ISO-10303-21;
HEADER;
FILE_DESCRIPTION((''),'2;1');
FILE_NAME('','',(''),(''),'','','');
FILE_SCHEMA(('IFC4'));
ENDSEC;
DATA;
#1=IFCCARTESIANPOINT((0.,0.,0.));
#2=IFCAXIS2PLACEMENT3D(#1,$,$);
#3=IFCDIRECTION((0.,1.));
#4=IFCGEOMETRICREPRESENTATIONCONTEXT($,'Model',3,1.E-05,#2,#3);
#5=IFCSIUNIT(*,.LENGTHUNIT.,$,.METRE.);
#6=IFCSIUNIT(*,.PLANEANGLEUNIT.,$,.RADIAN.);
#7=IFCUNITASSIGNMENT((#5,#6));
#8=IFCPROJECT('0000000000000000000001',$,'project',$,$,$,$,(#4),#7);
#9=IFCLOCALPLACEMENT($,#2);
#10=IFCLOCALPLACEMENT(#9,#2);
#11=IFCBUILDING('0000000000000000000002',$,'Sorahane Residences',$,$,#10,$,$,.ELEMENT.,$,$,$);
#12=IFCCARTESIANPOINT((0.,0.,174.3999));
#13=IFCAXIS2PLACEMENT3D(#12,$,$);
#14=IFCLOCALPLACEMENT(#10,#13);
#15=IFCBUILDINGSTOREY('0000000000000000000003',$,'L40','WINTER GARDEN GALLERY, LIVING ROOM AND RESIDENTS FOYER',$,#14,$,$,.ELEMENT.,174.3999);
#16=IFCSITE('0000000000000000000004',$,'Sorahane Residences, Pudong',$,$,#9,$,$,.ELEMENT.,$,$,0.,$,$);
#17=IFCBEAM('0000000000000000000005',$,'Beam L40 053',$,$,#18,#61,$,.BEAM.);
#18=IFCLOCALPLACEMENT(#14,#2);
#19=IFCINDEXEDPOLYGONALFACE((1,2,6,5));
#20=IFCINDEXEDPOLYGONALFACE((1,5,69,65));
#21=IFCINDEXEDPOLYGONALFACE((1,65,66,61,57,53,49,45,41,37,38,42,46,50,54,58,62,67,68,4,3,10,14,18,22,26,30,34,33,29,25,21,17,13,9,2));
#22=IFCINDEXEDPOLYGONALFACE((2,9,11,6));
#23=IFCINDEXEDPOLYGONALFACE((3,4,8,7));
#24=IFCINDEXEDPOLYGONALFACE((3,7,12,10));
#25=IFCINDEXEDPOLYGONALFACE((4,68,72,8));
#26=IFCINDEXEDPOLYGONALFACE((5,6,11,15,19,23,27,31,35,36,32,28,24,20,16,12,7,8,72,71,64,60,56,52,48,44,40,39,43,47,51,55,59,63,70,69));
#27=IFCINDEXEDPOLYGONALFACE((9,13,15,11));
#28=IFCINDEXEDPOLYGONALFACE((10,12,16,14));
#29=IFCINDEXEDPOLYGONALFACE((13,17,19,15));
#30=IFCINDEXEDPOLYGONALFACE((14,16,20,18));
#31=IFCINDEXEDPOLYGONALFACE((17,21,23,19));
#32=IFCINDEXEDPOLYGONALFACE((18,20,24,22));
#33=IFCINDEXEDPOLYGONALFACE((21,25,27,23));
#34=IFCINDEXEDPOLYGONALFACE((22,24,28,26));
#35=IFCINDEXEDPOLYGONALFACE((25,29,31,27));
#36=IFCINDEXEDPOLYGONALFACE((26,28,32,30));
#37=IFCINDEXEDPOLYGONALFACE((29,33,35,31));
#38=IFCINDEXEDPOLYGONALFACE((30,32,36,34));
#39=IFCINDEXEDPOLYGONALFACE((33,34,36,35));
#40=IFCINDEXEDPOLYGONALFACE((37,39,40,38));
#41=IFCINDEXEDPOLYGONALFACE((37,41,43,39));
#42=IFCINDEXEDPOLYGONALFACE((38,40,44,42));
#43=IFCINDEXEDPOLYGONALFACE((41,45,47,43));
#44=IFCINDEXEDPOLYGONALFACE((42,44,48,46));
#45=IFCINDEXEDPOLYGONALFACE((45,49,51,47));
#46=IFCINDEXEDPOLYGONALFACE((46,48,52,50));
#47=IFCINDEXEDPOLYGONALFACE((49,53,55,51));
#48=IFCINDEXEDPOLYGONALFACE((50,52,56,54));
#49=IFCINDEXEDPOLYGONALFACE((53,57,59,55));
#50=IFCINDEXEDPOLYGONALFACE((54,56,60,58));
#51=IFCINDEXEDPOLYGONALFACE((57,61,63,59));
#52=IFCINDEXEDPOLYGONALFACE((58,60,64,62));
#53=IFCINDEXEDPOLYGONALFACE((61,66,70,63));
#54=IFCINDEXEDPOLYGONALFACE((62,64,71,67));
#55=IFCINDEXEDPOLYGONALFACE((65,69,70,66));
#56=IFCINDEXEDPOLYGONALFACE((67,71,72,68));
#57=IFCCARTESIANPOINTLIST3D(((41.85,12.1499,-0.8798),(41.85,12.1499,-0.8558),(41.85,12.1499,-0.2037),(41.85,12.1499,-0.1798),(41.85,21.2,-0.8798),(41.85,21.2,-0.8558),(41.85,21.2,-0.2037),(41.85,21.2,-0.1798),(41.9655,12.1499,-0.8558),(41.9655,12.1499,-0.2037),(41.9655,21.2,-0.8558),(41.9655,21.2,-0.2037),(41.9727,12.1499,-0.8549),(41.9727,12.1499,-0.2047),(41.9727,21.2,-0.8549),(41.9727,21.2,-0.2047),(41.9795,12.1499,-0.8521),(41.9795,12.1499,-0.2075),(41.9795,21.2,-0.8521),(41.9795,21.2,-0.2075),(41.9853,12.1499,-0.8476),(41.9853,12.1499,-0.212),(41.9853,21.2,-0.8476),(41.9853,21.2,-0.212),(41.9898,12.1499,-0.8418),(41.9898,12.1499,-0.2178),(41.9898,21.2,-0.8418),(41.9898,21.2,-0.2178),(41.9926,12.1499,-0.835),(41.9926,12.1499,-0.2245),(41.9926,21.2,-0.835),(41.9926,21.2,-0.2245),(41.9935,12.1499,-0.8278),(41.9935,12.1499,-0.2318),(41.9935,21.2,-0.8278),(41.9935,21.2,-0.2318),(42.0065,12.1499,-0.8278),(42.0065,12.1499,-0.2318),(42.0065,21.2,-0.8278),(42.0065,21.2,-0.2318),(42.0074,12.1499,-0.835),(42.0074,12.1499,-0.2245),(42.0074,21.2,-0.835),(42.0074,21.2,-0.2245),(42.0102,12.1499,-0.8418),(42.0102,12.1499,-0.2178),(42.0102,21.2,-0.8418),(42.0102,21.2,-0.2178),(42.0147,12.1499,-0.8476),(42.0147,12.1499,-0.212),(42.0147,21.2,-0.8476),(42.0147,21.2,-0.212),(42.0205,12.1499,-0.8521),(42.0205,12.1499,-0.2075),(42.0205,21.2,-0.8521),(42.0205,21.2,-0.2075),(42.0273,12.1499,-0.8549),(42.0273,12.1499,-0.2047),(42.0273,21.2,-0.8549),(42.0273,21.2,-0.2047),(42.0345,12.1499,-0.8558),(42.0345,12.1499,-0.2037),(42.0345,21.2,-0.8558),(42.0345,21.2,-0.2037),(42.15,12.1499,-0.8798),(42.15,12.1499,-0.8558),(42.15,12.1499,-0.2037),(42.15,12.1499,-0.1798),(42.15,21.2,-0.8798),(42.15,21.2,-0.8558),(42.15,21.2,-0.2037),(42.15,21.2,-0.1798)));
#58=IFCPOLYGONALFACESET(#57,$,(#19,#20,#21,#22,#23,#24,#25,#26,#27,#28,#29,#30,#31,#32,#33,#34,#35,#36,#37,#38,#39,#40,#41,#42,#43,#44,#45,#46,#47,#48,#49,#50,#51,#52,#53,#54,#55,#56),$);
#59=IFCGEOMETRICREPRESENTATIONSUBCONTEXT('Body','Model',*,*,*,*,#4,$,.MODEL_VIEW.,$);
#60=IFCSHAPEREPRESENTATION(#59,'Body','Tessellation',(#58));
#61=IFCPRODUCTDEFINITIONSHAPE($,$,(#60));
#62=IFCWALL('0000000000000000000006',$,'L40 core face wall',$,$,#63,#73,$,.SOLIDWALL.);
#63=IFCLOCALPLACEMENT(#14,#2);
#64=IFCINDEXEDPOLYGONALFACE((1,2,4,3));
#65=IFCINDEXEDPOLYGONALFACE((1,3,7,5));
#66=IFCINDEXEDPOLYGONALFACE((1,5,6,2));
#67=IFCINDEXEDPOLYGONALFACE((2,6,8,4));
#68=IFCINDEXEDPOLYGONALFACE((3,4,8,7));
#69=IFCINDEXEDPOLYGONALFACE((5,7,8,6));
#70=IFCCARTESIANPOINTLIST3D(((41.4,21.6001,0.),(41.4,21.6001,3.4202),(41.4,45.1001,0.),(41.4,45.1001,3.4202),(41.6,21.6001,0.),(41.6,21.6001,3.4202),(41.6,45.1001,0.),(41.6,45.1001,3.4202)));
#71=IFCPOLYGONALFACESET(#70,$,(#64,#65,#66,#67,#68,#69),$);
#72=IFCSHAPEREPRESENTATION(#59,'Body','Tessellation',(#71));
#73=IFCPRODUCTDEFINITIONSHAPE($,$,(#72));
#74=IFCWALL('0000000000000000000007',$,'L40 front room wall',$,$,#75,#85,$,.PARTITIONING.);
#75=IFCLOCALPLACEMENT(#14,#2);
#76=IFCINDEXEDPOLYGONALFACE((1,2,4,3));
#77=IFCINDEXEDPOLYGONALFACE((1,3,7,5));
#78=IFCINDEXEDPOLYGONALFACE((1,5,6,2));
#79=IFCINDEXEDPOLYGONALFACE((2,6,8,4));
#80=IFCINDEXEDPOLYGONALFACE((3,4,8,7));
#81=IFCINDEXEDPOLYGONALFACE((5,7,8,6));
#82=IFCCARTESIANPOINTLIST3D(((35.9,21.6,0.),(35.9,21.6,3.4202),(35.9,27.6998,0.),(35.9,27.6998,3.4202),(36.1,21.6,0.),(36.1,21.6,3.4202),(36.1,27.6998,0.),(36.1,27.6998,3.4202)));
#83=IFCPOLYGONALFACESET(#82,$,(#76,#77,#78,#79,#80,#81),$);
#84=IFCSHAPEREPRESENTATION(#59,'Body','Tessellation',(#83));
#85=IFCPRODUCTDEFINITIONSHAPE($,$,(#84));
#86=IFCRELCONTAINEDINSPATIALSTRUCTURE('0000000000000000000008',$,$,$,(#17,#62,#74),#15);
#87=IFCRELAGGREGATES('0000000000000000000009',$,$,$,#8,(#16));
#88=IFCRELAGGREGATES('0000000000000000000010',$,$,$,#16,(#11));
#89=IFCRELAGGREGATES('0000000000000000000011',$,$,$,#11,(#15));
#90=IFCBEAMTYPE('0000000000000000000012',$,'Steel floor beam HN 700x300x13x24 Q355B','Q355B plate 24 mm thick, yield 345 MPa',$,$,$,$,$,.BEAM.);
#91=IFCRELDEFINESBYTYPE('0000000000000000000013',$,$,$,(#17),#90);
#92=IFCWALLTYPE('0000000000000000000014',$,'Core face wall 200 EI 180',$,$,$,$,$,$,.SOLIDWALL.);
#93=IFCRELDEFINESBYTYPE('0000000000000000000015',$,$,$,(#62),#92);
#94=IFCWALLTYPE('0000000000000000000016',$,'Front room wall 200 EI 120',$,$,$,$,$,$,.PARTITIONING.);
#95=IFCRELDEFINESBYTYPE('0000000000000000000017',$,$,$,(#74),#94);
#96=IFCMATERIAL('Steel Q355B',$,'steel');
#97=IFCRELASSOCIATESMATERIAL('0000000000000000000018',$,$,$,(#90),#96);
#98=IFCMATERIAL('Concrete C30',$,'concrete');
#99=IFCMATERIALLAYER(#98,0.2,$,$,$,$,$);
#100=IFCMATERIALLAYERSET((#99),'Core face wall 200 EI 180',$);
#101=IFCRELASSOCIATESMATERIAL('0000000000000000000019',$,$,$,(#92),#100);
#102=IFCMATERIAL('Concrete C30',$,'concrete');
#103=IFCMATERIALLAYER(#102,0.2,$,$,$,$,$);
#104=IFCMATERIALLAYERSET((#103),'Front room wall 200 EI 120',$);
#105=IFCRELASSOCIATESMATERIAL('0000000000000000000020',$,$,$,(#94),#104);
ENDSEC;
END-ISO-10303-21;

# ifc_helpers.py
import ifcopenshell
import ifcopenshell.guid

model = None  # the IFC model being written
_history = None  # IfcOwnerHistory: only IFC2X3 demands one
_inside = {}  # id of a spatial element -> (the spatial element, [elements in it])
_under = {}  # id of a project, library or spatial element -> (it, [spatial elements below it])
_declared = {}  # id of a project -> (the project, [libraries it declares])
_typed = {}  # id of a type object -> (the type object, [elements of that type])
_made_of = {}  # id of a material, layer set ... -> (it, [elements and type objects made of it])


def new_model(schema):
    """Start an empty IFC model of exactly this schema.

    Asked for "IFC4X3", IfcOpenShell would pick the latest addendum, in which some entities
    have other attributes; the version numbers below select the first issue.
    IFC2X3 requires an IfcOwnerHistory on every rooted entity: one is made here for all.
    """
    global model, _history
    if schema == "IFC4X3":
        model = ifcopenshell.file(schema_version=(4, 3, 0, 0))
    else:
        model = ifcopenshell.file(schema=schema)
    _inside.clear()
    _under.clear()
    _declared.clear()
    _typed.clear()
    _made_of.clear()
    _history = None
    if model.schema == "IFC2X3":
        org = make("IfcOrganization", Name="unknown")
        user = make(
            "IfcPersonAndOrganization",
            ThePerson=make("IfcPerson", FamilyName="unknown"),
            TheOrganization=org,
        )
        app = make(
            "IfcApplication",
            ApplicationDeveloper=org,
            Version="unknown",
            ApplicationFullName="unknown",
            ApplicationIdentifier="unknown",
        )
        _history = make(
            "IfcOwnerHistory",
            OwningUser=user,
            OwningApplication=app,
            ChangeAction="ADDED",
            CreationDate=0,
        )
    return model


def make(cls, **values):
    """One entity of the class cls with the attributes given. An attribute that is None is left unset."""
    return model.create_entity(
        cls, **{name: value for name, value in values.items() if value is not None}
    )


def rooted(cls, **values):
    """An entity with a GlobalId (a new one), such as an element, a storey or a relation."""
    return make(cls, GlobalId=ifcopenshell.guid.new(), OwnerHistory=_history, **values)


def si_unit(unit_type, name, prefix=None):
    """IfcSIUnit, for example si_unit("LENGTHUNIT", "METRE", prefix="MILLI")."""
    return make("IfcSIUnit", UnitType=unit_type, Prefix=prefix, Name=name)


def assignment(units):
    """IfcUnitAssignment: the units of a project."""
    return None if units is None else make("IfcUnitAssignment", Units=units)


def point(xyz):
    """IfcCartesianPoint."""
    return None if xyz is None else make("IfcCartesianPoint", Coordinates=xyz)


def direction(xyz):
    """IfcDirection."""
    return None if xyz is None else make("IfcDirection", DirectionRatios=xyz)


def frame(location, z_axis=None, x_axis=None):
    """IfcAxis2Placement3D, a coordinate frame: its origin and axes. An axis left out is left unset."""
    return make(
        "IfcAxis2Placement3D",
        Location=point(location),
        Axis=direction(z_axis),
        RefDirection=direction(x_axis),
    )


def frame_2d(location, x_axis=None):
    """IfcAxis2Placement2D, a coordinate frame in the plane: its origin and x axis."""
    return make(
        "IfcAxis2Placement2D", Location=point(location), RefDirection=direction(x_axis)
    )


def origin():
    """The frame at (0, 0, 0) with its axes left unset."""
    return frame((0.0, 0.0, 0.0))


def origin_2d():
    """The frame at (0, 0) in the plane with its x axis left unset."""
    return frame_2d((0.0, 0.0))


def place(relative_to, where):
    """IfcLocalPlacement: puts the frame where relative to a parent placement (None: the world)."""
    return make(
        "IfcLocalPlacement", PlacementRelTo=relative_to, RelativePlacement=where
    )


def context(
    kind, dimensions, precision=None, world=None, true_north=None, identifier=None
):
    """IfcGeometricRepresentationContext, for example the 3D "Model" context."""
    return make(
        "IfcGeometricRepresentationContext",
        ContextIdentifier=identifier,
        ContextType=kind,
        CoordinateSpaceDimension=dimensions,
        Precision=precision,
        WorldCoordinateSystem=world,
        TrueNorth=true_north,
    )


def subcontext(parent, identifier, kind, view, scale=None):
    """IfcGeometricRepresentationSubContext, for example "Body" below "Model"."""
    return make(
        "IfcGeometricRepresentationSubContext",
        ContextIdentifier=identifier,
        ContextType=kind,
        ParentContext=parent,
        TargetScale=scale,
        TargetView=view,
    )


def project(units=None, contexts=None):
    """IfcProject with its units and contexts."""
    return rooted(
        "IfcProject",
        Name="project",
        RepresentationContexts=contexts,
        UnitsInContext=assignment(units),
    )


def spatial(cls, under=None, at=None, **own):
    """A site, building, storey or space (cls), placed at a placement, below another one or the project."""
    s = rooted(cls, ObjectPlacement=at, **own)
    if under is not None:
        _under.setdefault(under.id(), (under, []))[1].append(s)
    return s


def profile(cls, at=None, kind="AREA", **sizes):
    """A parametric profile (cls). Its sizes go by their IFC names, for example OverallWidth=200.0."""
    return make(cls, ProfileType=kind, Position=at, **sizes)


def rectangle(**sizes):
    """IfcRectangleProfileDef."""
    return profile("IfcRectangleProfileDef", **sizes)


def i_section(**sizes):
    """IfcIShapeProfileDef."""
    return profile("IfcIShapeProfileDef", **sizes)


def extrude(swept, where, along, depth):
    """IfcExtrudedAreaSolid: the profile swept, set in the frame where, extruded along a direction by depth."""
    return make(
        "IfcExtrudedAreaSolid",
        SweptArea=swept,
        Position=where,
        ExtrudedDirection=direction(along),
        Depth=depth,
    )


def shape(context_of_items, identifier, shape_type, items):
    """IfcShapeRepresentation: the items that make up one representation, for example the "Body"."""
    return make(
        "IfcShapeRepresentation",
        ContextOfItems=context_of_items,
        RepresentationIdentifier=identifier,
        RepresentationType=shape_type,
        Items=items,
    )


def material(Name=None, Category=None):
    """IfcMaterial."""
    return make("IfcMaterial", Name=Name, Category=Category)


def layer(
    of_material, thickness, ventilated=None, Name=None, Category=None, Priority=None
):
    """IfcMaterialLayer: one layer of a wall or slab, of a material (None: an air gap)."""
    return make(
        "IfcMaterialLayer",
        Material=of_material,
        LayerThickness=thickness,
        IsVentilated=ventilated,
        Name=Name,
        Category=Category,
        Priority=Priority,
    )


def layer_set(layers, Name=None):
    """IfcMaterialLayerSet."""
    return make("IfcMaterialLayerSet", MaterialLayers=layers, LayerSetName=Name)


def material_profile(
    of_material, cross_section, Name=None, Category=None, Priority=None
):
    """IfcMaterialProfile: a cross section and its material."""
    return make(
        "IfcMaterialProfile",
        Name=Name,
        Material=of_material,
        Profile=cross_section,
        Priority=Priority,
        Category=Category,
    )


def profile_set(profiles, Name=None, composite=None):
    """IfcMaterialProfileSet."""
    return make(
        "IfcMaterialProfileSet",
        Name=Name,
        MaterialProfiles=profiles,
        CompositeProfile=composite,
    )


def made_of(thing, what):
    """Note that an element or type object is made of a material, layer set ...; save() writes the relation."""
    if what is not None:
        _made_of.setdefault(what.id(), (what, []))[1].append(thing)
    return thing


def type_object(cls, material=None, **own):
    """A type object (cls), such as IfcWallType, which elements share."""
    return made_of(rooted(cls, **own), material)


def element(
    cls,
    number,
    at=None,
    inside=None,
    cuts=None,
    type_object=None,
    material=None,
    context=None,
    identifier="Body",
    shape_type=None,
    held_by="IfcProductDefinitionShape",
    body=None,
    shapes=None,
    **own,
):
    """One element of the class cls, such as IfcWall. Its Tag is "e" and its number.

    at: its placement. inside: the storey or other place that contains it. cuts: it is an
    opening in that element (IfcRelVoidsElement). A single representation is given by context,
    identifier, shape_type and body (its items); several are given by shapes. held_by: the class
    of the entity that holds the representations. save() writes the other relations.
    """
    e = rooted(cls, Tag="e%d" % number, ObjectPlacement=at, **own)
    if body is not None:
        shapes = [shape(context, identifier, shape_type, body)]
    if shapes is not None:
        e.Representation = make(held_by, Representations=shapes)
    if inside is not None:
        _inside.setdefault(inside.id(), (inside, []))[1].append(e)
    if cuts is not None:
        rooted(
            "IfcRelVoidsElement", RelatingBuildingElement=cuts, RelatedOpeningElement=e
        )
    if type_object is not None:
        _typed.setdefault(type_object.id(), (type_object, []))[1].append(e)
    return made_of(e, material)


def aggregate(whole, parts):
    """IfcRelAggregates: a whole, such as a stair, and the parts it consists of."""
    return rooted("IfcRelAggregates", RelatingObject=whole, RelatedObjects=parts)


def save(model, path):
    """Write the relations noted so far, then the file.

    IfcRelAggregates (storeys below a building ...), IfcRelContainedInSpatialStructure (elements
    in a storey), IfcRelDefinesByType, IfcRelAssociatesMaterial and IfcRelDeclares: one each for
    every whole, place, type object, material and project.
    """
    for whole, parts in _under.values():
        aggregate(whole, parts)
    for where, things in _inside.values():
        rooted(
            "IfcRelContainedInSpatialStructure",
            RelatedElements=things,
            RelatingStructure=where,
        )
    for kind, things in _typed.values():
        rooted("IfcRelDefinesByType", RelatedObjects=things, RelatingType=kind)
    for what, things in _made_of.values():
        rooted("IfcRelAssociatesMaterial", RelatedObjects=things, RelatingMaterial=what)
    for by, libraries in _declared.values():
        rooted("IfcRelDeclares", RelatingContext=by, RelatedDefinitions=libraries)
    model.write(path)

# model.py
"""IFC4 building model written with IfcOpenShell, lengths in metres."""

from ifc_helpers import new_model, si_unit, direction, frame, frame_2d, origin, origin_2d, place, context, subcontext, project, spatial, rectangle, i_section, extrude, material, layer, layer_set, material_profile, profile_set, type_object, element, save


model = new_model("IFC4")

# Units and contexts
model_context = context("Model", 3, precision=1e-05, world=origin(), true_north=direction((0.0, 1.0)))
body_context = subcontext(model_context, "Body", "Model", "MODEL_VIEW")
ifc_project = project(units=[si_unit("LENGTHUNIT", "METRE"), si_unit("PLANEANGLEUNIT", "RADIAN")], contexts=[model_context])

# Site, building, storey
site_placement = place(None, origin())
site = spatial("IfcSite", under=ifc_project, at=site_placement, Name="Sorahane Residences, Pudong", CompositionType="ELEMENT", RefElevation=0.0)
building_placement = place(site_placement, origin())
building = spatial("IfcBuilding", under=site, at=building_placement, Name="Sorahane Residences", CompositionType="ELEMENT")
storey_placement = place(building_placement, frame((0.0, 0.0, 174.3999)))
storey = spatial("IfcBuildingStorey", under=building, at=storey_placement, Name="L40", Description="WINTER GARDEN GALLERY, LIVING ROOM AND RESIDENTS FOYER", CompositionType="ELEMENT", Elevation=174.3999)

# Beam
ifc_material_1 = material(Name="Steel Q355B", Category="steel")
ifc_material_profile_1 = material_profile(ifc_material_1, i_section(OverallWidth=0.3, OverallDepth=0.7, WebThickness=0.0129, FlangeThickness=0.0239, FilletRadius=0.0281, at=origin_2d()), Name="HN 700x300x13x24")
ifc_profile_set_1 = profile_set([ifc_material_profile_1], Name="Steel Q355B")
beam_type_1 = type_object("IfcBeamType", Name="Steel floor beam HN 700x300x13x24 Q355B", Description="Q355B plate 24 mm thick, yield 345 MPa", PredefinedType="BEAM", material=ifc_profile_set_1)
beam_1_placement = place(storey_placement, frame((42.0, 12.1499, -0.5298), z_axis=(0.0, 1.0, 0.0), x_axis=(-1.0, 0.0, 0.0)))
element("IfcBeam", 1, at=beam_1_placement, inside=storey, type_object=beam_type_1, Name="Beam L40 053", PredefinedType="BEAM", context=body_context, shape_type="SweptSolid", body=[
    extrude(i_section(OverallWidth=0.3, OverallDepth=0.7, WebThickness=0.0129, FlangeThickness=0.0239, FilletRadius=0.0281, at=origin_2d()), origin(), (0.0, 0.0, 1.0), 9.05),
])

# Walls
ifc_material_2 = material(Name="Concrete C30", Category="concrete")
ifc_layer_1 = layer(ifc_material_2, 0.2)
ifc_layer_set_1 = layer_set([ifc_layer_1], Name="Core face wall 200 EI 180")
wall_type_1 = type_object("IfcWallType", Name="Core face wall 200 EI 180", PredefinedType="SOLIDWALL", material=ifc_layer_set_1)
wall_1_placement = place(storey_placement, frame((41.5, 21.6001, 0.0), z_axis=(0.0, 0.0, 1.0), x_axis=(0.0, 1.0, 0.0)))
element("IfcWall", 2, at=wall_1_placement, inside=storey, type_object=wall_type_1, Name="L40 core face wall", PredefinedType="SOLIDWALL", context=body_context, shape_type="SweptSolid", body=[
    extrude(rectangle(XDim=23.5, YDim=0.2, at=frame_2d((11.75, 0.0))), origin(), (0.0, 0.0, 1.0), 3.4202),
])
ifc_material_3 = material(Name="Concrete C30", Category="concrete")
ifc_layer_2 = layer(ifc_material_3, 0.2)
ifc_layer_set_2 = layer_set([ifc_layer_2], Name="Front room wall 200 EI 120")
wall_type_2 = type_object("IfcWallType", Name="Front room wall 200 EI 120", PredefinedType="PARTITIONING", material=ifc_layer_set_2)
wall_2_placement = place(storey_placement, frame((36.0, 21.6001, 0.0), z_axis=(0.0, 0.0, 1.0), x_axis=(0.0, 1.0, 0.0)))
element("IfcWall", 3, at=wall_2_placement, inside=storey, type_object=wall_type_2, Name="L40 front room wall", PredefinedType="PARTITIONING", context=body_context, shape_type="SweptSolid", body=[
    extrude(rectangle(XDim=6.0999, YDim=0.2, at=frame_2d((3.0498, 0.0))), origin(), (0.0, 0.0, 1.0), 3.4202),
])

save(model, "model.ifc")
